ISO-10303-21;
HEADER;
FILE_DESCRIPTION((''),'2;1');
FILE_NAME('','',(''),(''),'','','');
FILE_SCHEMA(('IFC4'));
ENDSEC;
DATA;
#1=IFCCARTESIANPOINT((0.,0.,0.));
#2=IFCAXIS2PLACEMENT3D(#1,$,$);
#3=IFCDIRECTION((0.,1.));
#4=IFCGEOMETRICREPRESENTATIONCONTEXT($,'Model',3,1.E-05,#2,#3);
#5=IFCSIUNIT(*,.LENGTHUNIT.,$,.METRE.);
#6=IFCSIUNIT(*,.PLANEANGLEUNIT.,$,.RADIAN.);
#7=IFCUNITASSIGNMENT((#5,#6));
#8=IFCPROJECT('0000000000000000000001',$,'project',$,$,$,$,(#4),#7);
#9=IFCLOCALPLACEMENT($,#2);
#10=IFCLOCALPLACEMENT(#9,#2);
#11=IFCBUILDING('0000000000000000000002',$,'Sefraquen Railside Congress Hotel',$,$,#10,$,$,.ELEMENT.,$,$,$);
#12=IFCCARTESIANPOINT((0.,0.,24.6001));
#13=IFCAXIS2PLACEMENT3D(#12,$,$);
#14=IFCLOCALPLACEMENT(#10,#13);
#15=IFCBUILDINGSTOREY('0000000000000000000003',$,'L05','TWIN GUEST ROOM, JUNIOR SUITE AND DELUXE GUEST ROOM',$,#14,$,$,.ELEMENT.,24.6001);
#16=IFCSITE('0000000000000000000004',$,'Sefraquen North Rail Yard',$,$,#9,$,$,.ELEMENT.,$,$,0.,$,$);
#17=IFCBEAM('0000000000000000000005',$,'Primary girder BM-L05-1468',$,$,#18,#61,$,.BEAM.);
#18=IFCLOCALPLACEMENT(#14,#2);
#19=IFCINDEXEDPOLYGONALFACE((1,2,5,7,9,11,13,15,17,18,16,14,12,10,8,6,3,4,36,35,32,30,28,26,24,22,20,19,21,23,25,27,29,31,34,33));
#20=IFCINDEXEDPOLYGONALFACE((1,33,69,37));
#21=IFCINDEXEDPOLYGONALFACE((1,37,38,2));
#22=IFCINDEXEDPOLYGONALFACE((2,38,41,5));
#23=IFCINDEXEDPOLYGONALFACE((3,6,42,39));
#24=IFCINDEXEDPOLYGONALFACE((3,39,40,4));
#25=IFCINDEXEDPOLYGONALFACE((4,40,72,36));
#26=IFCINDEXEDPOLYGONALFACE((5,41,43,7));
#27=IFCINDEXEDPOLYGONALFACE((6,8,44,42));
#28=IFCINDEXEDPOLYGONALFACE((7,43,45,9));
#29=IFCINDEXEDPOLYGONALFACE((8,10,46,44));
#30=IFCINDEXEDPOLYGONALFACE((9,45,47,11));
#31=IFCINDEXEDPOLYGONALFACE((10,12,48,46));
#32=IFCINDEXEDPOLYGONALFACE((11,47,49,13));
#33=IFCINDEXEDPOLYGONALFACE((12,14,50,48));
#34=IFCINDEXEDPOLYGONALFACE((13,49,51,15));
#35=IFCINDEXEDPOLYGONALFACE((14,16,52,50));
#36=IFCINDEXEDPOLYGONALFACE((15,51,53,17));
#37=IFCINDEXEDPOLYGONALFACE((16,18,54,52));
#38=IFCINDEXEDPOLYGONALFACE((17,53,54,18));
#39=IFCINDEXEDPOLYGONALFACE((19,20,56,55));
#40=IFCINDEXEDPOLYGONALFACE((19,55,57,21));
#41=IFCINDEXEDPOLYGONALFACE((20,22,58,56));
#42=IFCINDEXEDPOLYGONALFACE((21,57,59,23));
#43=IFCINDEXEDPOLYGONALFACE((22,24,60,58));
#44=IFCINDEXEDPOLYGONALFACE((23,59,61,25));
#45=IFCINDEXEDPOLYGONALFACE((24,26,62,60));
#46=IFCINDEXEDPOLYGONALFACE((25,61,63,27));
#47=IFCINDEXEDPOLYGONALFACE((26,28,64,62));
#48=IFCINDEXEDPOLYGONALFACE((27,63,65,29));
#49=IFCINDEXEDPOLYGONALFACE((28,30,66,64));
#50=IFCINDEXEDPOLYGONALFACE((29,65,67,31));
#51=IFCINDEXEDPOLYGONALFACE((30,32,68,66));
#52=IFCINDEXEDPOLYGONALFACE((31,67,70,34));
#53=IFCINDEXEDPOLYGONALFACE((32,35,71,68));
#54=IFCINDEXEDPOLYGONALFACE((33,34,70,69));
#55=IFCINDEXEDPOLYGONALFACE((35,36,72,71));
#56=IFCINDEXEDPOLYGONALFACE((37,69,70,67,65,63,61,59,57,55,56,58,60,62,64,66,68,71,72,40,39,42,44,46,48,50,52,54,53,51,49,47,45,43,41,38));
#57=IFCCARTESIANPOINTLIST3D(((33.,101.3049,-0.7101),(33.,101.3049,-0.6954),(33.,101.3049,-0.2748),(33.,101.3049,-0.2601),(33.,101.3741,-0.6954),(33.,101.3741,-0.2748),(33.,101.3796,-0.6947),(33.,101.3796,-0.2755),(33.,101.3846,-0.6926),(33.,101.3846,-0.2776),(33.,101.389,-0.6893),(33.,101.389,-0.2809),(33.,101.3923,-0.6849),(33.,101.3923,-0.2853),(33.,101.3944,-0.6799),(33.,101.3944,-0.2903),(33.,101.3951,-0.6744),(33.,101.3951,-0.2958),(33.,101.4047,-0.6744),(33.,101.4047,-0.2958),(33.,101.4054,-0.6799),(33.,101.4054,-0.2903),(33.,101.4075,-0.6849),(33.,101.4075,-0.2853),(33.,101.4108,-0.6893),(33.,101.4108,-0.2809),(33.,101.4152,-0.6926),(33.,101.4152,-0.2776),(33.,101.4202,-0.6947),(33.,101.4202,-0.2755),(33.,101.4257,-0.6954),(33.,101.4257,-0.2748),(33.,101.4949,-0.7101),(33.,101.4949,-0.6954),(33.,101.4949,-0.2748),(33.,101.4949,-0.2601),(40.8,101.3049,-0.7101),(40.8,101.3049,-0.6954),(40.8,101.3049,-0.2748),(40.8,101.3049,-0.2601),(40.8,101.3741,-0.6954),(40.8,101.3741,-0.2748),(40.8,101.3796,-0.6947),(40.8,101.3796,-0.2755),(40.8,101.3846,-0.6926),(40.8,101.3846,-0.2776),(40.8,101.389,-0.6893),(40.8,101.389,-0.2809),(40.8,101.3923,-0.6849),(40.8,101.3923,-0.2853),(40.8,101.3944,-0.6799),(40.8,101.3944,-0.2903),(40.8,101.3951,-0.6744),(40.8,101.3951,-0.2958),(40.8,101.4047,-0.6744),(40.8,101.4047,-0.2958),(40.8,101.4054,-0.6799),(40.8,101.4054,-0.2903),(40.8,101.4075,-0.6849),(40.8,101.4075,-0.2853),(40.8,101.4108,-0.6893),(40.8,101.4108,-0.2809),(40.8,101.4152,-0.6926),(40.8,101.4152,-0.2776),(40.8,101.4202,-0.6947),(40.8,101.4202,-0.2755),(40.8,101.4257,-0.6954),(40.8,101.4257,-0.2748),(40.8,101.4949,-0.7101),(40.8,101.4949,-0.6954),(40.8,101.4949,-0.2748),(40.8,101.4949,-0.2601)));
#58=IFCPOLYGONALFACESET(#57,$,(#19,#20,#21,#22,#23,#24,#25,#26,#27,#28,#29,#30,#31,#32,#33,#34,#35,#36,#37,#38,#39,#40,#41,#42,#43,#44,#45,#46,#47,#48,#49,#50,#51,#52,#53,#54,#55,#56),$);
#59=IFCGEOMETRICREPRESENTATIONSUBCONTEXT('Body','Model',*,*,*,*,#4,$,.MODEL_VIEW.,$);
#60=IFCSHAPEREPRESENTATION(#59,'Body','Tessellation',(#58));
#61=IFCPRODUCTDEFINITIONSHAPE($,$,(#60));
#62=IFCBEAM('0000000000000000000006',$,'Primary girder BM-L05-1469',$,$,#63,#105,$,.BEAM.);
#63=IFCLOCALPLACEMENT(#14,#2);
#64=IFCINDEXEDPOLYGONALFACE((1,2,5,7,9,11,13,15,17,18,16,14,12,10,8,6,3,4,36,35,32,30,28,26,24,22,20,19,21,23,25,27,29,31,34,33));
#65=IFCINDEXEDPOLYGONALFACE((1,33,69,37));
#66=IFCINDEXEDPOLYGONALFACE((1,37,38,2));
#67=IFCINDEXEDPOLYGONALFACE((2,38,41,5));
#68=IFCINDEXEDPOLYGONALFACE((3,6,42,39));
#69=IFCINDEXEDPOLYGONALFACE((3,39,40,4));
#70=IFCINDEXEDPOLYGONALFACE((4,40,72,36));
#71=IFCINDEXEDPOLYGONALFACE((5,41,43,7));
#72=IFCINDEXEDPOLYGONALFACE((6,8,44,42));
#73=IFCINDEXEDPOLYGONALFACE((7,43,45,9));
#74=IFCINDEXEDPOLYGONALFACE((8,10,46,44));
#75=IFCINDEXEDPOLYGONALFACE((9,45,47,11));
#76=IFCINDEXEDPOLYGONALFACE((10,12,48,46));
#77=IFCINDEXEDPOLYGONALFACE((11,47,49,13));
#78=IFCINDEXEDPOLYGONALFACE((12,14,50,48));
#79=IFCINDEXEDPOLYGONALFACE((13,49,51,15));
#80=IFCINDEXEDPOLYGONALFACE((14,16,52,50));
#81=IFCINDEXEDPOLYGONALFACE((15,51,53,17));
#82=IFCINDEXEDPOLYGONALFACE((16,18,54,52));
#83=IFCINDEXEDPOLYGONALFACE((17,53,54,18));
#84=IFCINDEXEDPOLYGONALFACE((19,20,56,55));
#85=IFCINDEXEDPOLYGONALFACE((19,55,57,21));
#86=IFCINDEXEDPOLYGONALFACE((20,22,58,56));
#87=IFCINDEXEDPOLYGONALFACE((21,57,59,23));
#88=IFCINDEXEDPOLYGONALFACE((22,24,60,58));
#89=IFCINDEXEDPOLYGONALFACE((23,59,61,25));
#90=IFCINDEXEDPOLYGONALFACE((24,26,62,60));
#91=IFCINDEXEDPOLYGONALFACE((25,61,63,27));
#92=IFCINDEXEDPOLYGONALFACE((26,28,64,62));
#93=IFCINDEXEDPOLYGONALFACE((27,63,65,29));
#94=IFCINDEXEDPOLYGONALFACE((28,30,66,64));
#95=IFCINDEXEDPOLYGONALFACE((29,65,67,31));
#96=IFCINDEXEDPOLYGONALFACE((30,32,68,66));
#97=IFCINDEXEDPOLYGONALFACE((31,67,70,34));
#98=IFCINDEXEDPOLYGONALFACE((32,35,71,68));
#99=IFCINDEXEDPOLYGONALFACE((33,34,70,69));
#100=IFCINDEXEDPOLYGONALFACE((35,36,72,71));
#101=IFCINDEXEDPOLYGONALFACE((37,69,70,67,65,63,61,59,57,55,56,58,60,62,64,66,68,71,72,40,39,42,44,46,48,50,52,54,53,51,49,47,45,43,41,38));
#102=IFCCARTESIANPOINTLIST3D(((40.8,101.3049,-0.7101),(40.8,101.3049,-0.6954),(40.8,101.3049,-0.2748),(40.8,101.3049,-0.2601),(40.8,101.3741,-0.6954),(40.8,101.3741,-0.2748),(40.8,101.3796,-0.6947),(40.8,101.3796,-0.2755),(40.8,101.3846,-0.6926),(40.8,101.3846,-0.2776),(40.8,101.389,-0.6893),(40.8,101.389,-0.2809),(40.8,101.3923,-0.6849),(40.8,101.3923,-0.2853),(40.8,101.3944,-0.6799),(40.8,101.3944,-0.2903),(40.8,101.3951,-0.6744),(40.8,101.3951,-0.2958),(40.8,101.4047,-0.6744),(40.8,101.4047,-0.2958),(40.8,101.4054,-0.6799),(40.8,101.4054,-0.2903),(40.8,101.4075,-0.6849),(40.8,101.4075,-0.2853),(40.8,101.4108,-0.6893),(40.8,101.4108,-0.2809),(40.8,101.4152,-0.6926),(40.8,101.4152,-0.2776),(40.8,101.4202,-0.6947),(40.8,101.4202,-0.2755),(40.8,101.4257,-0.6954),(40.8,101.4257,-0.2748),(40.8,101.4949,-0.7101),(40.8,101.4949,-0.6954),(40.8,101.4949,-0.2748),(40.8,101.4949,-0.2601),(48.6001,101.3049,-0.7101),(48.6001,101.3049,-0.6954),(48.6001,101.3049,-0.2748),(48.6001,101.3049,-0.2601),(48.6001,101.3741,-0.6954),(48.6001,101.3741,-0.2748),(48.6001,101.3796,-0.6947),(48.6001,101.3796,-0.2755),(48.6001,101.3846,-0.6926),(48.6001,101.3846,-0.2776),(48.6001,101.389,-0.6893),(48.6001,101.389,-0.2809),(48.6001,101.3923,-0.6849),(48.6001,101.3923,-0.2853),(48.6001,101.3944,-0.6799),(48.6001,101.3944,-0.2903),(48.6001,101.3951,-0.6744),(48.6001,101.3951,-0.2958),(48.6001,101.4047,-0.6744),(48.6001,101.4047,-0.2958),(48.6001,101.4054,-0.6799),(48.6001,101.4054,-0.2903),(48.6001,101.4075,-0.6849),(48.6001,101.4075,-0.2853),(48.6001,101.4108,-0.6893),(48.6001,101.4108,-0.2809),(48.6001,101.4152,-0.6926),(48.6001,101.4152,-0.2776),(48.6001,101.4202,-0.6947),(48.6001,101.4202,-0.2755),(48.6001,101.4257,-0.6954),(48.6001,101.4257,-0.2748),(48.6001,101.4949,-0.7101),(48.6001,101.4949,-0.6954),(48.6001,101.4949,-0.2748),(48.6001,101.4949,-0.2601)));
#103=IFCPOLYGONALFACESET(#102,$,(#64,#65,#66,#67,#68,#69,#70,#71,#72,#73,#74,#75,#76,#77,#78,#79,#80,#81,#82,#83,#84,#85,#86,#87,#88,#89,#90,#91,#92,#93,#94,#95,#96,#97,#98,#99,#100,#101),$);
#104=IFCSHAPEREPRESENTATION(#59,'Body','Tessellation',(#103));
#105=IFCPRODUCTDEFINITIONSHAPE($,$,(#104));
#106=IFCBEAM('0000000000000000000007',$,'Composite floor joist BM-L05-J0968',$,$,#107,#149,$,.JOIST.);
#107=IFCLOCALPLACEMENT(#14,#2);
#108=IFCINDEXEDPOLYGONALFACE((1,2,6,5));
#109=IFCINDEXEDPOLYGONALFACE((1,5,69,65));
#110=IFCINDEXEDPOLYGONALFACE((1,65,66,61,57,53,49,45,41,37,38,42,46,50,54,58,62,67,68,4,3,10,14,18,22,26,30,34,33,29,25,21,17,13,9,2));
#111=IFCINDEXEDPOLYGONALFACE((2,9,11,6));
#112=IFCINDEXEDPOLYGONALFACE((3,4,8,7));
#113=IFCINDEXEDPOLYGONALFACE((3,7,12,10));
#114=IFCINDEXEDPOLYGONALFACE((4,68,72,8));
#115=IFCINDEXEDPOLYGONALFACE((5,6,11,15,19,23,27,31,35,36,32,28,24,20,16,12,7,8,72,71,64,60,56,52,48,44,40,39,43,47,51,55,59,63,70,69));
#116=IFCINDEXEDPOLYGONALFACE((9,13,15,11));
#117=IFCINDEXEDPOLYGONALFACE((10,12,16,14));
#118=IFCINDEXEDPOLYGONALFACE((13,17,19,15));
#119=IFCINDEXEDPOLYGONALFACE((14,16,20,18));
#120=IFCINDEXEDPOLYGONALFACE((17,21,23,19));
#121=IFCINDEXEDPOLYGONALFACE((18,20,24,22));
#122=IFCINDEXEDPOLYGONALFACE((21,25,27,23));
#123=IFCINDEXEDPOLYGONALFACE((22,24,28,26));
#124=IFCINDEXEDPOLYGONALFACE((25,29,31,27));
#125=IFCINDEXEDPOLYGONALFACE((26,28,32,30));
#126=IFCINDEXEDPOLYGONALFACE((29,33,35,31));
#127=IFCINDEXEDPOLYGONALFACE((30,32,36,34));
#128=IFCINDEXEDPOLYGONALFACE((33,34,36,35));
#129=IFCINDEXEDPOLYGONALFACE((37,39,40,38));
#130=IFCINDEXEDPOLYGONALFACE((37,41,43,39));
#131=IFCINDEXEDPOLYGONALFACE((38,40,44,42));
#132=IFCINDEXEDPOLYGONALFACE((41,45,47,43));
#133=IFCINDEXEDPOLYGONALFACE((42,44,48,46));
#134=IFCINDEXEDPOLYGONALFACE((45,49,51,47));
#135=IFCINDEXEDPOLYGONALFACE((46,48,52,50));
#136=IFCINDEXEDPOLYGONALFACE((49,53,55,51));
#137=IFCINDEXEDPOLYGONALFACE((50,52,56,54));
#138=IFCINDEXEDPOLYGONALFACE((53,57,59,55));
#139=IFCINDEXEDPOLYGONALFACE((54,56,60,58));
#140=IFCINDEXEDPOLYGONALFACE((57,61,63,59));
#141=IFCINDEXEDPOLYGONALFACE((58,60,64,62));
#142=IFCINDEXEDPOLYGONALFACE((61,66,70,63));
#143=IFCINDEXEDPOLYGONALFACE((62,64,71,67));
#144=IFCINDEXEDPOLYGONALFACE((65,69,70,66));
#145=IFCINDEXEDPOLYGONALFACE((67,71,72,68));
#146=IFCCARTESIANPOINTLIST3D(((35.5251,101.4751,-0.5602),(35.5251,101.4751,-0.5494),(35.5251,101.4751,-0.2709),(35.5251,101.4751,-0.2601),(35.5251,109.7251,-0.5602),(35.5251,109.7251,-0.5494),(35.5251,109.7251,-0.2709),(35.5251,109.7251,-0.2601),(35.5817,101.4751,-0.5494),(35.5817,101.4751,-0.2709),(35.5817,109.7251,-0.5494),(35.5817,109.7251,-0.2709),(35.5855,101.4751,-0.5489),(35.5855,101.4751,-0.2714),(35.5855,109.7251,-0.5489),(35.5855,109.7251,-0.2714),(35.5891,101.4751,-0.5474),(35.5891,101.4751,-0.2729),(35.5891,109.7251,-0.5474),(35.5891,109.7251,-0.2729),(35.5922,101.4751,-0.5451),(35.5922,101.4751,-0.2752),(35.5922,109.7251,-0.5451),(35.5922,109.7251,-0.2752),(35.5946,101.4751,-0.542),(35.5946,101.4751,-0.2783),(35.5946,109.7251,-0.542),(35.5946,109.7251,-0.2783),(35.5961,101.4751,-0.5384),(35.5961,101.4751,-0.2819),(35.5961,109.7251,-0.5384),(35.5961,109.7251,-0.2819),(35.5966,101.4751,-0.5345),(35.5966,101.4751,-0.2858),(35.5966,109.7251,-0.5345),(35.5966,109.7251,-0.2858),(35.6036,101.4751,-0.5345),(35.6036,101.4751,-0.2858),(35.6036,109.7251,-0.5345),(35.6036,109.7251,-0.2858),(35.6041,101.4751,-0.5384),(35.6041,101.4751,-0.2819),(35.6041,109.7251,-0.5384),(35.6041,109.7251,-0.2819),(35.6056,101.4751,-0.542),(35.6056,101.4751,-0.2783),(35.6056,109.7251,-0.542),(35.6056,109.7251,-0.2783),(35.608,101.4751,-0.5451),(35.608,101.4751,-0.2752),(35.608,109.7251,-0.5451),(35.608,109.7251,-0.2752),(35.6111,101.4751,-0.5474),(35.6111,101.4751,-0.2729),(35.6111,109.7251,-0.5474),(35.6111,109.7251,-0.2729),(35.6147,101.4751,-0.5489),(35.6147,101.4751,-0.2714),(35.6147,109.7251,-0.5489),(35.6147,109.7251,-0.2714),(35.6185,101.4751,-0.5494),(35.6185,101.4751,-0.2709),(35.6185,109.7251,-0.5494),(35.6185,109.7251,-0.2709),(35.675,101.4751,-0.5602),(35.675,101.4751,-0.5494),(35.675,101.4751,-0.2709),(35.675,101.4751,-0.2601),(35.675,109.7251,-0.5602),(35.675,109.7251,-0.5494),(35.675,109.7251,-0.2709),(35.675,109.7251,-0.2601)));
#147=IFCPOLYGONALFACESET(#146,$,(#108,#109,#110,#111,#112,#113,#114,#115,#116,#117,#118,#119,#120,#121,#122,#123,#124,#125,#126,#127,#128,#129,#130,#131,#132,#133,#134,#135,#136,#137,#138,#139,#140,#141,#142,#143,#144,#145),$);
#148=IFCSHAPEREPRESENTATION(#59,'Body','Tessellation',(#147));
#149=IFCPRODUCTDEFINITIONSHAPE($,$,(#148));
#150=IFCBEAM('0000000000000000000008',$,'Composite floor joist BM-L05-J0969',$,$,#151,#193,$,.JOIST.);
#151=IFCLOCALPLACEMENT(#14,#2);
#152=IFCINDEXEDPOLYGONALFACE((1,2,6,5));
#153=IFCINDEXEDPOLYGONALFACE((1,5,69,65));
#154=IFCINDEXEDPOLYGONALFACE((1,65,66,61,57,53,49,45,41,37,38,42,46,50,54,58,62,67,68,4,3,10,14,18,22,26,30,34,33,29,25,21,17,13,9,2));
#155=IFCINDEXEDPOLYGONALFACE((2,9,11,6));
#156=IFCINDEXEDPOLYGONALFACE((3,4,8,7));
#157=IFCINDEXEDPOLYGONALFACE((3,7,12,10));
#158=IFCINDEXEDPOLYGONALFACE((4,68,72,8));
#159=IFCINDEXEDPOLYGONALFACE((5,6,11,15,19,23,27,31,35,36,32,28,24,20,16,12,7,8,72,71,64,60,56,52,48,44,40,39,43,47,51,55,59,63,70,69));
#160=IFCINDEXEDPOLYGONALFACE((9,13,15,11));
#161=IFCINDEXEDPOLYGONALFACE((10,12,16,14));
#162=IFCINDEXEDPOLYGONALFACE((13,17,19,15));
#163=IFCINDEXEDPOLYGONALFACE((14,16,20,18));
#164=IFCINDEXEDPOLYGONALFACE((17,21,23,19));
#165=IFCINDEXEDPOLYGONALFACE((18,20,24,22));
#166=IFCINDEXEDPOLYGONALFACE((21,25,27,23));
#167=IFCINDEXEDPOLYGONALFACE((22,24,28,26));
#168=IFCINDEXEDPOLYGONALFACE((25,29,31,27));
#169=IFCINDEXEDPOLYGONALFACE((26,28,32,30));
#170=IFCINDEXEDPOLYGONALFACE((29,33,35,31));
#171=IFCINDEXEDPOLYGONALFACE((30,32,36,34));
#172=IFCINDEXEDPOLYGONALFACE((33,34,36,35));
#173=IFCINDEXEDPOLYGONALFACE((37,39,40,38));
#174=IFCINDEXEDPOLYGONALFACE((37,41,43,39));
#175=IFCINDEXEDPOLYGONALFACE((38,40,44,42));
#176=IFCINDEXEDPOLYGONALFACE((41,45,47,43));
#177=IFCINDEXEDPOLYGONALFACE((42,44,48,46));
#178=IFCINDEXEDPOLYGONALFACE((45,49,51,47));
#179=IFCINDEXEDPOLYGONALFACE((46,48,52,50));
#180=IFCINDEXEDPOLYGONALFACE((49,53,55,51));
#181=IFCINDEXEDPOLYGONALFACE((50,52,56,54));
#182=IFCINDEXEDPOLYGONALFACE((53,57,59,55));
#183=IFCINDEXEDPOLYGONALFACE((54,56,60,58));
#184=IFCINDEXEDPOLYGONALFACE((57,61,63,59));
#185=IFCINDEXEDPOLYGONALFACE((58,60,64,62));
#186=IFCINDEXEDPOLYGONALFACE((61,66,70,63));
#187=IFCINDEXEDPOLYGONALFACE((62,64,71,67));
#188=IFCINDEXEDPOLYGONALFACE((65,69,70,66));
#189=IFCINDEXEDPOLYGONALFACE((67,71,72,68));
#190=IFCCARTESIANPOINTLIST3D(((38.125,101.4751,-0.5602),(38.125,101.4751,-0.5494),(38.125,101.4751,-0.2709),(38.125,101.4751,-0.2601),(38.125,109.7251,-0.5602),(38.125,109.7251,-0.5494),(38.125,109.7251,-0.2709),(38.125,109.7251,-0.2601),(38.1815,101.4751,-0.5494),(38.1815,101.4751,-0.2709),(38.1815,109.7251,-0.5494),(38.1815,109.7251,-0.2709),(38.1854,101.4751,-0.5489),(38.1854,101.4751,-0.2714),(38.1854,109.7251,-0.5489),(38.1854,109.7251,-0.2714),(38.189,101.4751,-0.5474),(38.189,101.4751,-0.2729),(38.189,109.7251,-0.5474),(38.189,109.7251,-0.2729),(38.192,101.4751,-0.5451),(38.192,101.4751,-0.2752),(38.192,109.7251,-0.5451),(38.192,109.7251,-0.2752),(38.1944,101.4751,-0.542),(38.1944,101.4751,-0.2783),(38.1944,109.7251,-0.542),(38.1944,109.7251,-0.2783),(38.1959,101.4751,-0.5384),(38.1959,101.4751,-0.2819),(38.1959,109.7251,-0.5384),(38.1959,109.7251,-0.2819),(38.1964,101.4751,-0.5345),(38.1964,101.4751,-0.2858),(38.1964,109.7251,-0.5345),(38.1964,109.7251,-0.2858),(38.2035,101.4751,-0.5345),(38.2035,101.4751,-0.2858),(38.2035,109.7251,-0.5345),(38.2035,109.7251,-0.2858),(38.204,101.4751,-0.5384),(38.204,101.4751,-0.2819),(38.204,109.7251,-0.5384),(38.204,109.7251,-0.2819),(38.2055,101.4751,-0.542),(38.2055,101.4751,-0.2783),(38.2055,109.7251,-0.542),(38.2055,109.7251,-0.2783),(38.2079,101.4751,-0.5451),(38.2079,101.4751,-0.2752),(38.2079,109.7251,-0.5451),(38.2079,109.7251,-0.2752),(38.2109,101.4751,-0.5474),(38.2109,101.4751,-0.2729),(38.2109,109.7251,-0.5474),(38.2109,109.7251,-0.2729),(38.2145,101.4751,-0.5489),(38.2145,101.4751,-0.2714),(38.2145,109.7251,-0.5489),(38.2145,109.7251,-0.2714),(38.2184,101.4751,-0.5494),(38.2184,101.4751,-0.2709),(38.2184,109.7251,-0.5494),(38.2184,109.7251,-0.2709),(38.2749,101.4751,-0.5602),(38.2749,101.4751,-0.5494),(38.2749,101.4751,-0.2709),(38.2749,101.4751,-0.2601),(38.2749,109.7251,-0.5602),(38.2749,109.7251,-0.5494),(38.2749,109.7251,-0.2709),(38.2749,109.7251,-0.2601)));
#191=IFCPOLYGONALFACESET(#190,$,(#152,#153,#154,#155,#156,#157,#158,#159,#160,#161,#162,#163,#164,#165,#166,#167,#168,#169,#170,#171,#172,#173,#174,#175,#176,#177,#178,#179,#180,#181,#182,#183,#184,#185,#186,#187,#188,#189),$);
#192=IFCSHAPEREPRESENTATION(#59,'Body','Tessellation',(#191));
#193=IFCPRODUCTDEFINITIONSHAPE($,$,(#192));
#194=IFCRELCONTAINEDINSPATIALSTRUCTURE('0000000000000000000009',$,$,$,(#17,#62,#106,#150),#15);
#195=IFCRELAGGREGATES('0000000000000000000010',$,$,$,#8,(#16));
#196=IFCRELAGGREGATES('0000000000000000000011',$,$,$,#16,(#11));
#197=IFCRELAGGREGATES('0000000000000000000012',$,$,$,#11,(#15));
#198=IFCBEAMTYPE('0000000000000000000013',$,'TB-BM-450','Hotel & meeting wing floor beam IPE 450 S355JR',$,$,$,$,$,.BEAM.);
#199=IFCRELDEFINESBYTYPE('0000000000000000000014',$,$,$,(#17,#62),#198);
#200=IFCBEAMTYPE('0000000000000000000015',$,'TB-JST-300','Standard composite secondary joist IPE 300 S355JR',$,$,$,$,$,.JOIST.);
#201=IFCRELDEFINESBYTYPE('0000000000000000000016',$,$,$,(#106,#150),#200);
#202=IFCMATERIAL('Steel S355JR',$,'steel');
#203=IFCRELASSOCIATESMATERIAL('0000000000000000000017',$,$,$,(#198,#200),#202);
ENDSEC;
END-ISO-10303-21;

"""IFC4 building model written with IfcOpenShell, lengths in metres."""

from ifc_helpers import new_model, si_unit, direction, frame, origin, origin_2d, place, context, subcontext, project, spatial, i_section, extrude, material, material_profile, profile_set, type_object, element, save


model = new_model("IFC4")

# Units and contexts
model_context = context("Model", 3, precision=1e-05, world=origin(), true_north=direction((0.0, 1.0)))
body_context = subcontext(model_context, "Body", "Model", "MODEL_VIEW")
ifc_project = project(units=[si_unit("LENGTHUNIT", "METRE"), si_unit("PLANEANGLEUNIT", "RADIAN")], contexts=[model_context])

# Site, building, storey
site_placement = place(None, origin())
site = spatial("IfcSite", under=ifc_project, at=site_placement, Name="Sefraquen North Rail Yard", CompositionType="ELEMENT", RefElevation=0.0)
building_placement = place(site_placement, origin())
building = spatial("IfcBuilding", under=site, at=building_placement, Name="Sefraquen Railside Congress Hotel", CompositionType="ELEMENT")
storey_placement = place(building_placement, frame((0.0, 0.0, 24.6001)))
storey = spatial("IfcBuildingStorey", under=building, at=storey_placement, Name="L05", Description="TWIN GUEST ROOM, JUNIOR SUITE AND DELUXE GUEST ROOM", CompositionType="ELEMENT", Elevation=24.6001)

# Shared definitions
ifc_material_1 = material(Name="Steel S355JR", Category="steel")

# Beams
ifc_material_profile_1 = material_profile(ifc_material_1, i_section(OverallWidth=0.1899, OverallDepth=0.45, WebThickness=0.0095, FlangeThickness=0.0146, FilletRadius=0.021, at=origin_2d()), Name="IPE 450")
ifc_profile_set_1 = profile_set([ifc_material_profile_1], Name="Steel S355JR")
beam_type_1 = type_object("IfcBeamType", Name="TB-BM-450", Description="Hotel & meeting wing floor beam IPE 450 S355JR", PredefinedType="BEAM", material=ifc_profile_set_1)
for number, where, z_axis, x_axis, name in (
    (1, (33.0, 101.3999, -0.4851), (1.0, 0.0, 0.0), (0.0, 1.0, 0.0), "Primary girder BM-L05-1468"),
    (2, (40.8, 101.3999, -0.4851), (1.0, 0.0, 0.0), (0.0, 1.0, 0.0), "Primary girder BM-L05-1469"),
):
    element("IfcBeam", number, at=place(storey_placement, frame(where, z_axis=z_axis, x_axis=x_axis)), inside=storey, type_object=beam_type_1, Name=name, PredefinedType="BEAM", context=body_context, shape_type="SweptSolid", body=[
        extrude(i_section(OverallWidth=0.1899, OverallDepth=0.45, WebThickness=0.0095, FlangeThickness=0.0146, FilletRadius=0.021, at=origin_2d()), origin(), (0.0, 0.0, 1.0), 7.8),
    ])
ifc_material_profile_2 = material_profile(ifc_material_1, i_section(OverallWidth=0.1499, OverallDepth=0.3, WebThickness=0.0071, FlangeThickness=0.0107, FilletRadius=0.0149, at=origin_2d()), Name="IPE 300")
ifc_profile_set_2 = profile_set([ifc_material_profile_2], Name="Steel S355JR")
beam_type_2 = type_object("IfcBeamType", Name="TB-JST-300", Description="Standard composite secondary joist IPE 300 S355JR", PredefinedType="JOIST", material=ifc_profile_set_2)
for number, where, z_axis, x_axis, name in (
    (3, (35.6001, 101.4751, -0.4102), (0.0, 1.0, 0.0), (-1.0, 0.0, 0.0), "Composite floor joist BM-L05-J0968"),
    (4, (38.2, 101.4751, -0.4102), (0.0, 1.0, 0.0), (-1.0, 0.0, 0.0), "Composite floor joist BM-L05-J0969"),
):
    element("IfcBeam", number, at=place(storey_placement, frame(where, z_axis=z_axis, x_axis=x_axis)), inside=storey, type_object=beam_type_2, Name=name, PredefinedType="JOIST", context=body_context, shape_type="SweptSolid", body=[
        extrude(i_section(OverallWidth=0.1499, OverallDepth=0.3, WebThickness=0.0071, FlangeThickness=0.0107, FilletRadius=0.0149, at=origin_2d()), origin(), (0.0, 0.0, 1.0), 8.25),
    ])

save(model, "model.ifc")
